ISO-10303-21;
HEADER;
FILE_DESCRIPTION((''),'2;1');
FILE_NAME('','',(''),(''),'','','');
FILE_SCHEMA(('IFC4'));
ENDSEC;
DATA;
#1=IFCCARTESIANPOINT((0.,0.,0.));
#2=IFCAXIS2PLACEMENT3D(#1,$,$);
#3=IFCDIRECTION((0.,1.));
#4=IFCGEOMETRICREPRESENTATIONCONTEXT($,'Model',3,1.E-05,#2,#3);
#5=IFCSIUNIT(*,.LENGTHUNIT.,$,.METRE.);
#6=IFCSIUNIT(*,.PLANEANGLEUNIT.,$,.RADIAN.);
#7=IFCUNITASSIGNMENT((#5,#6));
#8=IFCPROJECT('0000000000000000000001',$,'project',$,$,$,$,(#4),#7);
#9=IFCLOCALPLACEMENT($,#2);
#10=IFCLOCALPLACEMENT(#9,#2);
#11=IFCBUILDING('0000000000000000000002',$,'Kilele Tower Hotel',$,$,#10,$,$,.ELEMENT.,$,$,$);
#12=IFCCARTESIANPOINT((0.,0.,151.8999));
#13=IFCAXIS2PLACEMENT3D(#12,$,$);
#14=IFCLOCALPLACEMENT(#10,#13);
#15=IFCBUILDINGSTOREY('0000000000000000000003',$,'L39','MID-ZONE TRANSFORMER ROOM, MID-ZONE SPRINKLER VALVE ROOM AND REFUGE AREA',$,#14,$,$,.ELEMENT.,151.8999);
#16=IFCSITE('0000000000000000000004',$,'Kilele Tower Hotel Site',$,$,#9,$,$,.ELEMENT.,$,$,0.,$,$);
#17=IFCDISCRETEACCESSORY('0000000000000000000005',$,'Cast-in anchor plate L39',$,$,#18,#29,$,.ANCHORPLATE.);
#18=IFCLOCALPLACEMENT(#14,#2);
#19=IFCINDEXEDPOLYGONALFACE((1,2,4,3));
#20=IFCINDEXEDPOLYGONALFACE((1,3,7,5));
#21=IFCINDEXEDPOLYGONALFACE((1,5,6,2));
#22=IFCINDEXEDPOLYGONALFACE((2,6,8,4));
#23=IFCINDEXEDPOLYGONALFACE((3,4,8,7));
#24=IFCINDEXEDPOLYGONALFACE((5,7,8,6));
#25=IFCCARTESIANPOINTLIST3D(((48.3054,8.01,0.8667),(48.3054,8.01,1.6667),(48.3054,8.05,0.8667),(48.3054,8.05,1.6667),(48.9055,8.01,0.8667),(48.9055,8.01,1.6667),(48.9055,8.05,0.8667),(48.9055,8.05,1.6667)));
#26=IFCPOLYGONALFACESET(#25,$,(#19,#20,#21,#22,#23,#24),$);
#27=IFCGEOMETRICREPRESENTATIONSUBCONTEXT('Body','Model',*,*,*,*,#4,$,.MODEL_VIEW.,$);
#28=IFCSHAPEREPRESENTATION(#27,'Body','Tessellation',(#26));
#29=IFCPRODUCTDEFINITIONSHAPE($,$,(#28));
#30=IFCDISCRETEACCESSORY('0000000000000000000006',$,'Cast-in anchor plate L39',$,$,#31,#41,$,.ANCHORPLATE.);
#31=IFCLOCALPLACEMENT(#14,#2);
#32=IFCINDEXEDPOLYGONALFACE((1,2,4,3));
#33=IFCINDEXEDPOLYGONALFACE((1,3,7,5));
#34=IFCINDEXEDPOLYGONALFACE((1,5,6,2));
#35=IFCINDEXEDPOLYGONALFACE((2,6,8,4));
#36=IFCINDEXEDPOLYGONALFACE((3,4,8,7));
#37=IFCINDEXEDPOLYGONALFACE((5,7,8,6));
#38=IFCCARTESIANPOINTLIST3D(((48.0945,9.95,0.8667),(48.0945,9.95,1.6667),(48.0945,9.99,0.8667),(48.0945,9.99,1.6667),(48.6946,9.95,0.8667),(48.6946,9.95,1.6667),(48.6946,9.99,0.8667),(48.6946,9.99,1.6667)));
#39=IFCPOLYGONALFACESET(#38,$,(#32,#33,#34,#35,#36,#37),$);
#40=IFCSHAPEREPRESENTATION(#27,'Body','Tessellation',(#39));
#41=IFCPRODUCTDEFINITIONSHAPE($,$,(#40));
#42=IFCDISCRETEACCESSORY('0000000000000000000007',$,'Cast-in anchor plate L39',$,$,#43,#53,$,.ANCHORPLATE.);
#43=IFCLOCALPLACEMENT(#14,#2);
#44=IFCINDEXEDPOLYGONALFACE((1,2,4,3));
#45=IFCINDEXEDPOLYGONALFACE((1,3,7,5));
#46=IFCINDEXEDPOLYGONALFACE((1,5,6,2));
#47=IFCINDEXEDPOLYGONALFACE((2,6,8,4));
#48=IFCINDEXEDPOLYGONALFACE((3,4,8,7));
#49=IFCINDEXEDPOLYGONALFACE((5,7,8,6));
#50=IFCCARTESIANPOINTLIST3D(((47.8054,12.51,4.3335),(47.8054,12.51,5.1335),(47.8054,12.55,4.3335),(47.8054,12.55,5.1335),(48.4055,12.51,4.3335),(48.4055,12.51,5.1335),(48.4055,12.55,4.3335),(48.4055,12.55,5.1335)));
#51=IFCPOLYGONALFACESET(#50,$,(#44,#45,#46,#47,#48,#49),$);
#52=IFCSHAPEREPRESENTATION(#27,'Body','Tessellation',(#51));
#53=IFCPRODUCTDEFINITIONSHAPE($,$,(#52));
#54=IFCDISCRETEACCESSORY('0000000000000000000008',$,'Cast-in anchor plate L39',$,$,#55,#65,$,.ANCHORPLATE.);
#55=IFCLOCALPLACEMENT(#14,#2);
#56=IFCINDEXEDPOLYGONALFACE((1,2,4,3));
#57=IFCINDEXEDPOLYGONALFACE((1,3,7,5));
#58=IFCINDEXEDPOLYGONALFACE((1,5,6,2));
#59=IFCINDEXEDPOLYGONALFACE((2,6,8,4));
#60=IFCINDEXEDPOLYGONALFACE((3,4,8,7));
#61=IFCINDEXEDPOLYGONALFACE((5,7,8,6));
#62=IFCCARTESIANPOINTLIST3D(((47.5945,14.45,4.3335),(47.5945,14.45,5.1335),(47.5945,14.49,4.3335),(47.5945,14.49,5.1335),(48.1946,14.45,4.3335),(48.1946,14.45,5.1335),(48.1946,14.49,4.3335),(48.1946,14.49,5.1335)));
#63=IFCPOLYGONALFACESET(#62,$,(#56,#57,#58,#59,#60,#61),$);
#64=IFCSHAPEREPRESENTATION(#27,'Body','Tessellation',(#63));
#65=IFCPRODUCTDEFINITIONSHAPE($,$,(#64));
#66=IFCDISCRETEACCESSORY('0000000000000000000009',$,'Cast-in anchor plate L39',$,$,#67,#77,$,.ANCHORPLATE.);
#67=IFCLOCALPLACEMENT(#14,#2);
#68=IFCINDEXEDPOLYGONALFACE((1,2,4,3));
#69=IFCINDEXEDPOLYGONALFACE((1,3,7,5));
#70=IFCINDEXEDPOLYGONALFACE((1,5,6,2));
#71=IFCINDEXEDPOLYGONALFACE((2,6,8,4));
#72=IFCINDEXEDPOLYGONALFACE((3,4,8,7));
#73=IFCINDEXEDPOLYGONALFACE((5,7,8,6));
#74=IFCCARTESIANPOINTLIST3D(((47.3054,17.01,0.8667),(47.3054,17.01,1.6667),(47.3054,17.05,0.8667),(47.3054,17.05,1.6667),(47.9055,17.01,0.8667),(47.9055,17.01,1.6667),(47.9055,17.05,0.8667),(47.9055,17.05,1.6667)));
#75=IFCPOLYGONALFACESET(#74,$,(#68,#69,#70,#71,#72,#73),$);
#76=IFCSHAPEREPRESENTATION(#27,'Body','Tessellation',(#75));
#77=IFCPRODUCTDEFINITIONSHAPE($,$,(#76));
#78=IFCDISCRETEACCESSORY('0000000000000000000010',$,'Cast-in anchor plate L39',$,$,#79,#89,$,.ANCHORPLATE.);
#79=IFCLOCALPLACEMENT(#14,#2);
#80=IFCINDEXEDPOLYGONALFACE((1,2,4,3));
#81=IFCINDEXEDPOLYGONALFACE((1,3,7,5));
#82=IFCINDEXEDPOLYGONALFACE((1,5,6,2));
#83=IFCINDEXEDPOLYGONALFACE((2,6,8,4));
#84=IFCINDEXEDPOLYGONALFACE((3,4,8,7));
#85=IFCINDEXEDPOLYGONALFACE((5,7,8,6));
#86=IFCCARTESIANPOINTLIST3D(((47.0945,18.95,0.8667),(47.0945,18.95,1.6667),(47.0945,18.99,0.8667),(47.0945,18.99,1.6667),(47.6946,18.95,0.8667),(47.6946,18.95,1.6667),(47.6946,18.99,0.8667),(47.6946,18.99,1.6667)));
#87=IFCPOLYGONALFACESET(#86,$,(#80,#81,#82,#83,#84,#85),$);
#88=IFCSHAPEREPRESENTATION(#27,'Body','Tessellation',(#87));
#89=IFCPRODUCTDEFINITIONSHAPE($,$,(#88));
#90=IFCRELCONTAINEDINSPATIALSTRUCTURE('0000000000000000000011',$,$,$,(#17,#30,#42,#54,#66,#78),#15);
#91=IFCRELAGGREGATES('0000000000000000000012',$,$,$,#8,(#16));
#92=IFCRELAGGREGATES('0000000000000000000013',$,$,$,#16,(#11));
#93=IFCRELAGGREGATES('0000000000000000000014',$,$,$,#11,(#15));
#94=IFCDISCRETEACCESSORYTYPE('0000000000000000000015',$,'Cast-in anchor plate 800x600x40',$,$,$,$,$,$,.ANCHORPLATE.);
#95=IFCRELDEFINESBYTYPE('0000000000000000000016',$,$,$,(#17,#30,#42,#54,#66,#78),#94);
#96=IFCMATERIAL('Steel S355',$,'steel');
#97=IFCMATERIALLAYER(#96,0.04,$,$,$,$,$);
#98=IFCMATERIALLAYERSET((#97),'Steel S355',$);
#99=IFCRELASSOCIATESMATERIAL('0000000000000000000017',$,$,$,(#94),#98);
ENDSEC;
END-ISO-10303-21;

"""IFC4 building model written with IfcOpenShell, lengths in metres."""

from ifc_helpers import new_model, si_unit, direction, frame, origin, place, context, subcontext, project, spatial, polyline, outline, extrude, source, transform, mapped, material, layer, layer_set, type_object, element, save


model = new_model("IFC4")

# Units and contexts
model_context = context("Model", 3, precision=1e-05, world=origin(), true_north=direction((0.0, 1.0)))
body_context = subcontext(model_context, "Body", "Model", "MODEL_VIEW")
ifc_project = project(units=[si_unit("LENGTHUNIT", "METRE"), si_unit("PLANEANGLEUNIT", "RADIAN")], contexts=[model_context])

# Site, building, storey
site_placement = place(None, origin())
site = spatial("IfcSite", under=ifc_project, at=site_placement, Name="Kilele Tower Hotel Site", CompositionType="ELEMENT", RefElevation=0.0)
building_placement = place(site_placement, origin())
building = spatial("IfcBuilding", under=site, at=building_placement, Name="Kilele Tower Hotel", CompositionType="ELEMENT")
storey_placement = place(building_placement, frame((0.0, 0.0, 151.8999)))
storey = spatial("IfcBuildingStorey", under=building, at=storey_placement, Name="L39", Description="MID-ZONE TRANSFORMER ROOM, MID-ZONE SPRINKLER VALVE ROOM AND REFUGE AREA", CompositionType="ELEMENT", Elevation=151.8999)

# Discrete accessories
ifc_material_1 = material(Name="Steel S355", Category="steel")
ifc_layer_1 = layer(ifc_material_1, 0.04)
ifc_layer_set_1 = layer_set([ifc_layer_1], Name="Steel S355")
discrete_accessory_type_1 = type_object("IfcDiscreteAccessoryType", Name="Cast-in anchor plate 800x600x40", PredefinedType="ANCHORPLATE", material=ifc_layer_set_1)
shared_shape_1 = source(origin(), body_context, "Body", "SweptSolid", [
    extrude(outline(polyline([(0.0, 0.0), (0.04, 0.0), (0.04, 0.8), (0.0, 0.8), (0.0, 0.0)])), origin(), (0.0, 0.0, 1.0), 0.6001),
])
for number, where, z_axis, x_axis, name in (
    (1, (48.9055, 8.05, 0.8667), (-1.0, 0.0, 0.0), (0.0, -1.0, 0.0), "Cast-in anchor plate L39"),
    (2, (48.0945, 9.95, 0.8667), (1.0, 0.0, 0.0), (0.0, 1.0, 0.0), "Cast-in anchor plate L39"),
    (3, (48.4055, 12.55, 4.3335), (-1.0, 0.0, 0.0), (0.0, -1.0, 0.0), "Cast-in anchor plate L39"),
    (4, (47.5945, 14.45, 4.3335), (1.0, 0.0, 0.0), (0.0, 1.0, 0.0), "Cast-in anchor plate L39"),
    (5, (47.9055, 17.05, 0.8667), (-1.0, 0.0, 0.0), (0.0, -1.0, 0.0), "Cast-in anchor plate L39"),
    (6, (47.0945, 18.95, 0.8667), (1.0, 0.0, 0.0), (0.0, 1.0, 0.0), "Cast-in anchor plate L39"),
):
    element("IfcDiscreteAccessory", number, at=place(storey_placement, frame(where, z_axis=z_axis, x_axis=x_axis)), inside=storey, type_object=discrete_accessory_type_1, Name=name, PredefinedType="ANCHORPLATE", context=body_context, shape_type="MappedRepresentation", body=[
        mapped(shared_shape_1, transform((0.0, 0.0, 0.0))),
    ])

save(model, "model.ifc")
